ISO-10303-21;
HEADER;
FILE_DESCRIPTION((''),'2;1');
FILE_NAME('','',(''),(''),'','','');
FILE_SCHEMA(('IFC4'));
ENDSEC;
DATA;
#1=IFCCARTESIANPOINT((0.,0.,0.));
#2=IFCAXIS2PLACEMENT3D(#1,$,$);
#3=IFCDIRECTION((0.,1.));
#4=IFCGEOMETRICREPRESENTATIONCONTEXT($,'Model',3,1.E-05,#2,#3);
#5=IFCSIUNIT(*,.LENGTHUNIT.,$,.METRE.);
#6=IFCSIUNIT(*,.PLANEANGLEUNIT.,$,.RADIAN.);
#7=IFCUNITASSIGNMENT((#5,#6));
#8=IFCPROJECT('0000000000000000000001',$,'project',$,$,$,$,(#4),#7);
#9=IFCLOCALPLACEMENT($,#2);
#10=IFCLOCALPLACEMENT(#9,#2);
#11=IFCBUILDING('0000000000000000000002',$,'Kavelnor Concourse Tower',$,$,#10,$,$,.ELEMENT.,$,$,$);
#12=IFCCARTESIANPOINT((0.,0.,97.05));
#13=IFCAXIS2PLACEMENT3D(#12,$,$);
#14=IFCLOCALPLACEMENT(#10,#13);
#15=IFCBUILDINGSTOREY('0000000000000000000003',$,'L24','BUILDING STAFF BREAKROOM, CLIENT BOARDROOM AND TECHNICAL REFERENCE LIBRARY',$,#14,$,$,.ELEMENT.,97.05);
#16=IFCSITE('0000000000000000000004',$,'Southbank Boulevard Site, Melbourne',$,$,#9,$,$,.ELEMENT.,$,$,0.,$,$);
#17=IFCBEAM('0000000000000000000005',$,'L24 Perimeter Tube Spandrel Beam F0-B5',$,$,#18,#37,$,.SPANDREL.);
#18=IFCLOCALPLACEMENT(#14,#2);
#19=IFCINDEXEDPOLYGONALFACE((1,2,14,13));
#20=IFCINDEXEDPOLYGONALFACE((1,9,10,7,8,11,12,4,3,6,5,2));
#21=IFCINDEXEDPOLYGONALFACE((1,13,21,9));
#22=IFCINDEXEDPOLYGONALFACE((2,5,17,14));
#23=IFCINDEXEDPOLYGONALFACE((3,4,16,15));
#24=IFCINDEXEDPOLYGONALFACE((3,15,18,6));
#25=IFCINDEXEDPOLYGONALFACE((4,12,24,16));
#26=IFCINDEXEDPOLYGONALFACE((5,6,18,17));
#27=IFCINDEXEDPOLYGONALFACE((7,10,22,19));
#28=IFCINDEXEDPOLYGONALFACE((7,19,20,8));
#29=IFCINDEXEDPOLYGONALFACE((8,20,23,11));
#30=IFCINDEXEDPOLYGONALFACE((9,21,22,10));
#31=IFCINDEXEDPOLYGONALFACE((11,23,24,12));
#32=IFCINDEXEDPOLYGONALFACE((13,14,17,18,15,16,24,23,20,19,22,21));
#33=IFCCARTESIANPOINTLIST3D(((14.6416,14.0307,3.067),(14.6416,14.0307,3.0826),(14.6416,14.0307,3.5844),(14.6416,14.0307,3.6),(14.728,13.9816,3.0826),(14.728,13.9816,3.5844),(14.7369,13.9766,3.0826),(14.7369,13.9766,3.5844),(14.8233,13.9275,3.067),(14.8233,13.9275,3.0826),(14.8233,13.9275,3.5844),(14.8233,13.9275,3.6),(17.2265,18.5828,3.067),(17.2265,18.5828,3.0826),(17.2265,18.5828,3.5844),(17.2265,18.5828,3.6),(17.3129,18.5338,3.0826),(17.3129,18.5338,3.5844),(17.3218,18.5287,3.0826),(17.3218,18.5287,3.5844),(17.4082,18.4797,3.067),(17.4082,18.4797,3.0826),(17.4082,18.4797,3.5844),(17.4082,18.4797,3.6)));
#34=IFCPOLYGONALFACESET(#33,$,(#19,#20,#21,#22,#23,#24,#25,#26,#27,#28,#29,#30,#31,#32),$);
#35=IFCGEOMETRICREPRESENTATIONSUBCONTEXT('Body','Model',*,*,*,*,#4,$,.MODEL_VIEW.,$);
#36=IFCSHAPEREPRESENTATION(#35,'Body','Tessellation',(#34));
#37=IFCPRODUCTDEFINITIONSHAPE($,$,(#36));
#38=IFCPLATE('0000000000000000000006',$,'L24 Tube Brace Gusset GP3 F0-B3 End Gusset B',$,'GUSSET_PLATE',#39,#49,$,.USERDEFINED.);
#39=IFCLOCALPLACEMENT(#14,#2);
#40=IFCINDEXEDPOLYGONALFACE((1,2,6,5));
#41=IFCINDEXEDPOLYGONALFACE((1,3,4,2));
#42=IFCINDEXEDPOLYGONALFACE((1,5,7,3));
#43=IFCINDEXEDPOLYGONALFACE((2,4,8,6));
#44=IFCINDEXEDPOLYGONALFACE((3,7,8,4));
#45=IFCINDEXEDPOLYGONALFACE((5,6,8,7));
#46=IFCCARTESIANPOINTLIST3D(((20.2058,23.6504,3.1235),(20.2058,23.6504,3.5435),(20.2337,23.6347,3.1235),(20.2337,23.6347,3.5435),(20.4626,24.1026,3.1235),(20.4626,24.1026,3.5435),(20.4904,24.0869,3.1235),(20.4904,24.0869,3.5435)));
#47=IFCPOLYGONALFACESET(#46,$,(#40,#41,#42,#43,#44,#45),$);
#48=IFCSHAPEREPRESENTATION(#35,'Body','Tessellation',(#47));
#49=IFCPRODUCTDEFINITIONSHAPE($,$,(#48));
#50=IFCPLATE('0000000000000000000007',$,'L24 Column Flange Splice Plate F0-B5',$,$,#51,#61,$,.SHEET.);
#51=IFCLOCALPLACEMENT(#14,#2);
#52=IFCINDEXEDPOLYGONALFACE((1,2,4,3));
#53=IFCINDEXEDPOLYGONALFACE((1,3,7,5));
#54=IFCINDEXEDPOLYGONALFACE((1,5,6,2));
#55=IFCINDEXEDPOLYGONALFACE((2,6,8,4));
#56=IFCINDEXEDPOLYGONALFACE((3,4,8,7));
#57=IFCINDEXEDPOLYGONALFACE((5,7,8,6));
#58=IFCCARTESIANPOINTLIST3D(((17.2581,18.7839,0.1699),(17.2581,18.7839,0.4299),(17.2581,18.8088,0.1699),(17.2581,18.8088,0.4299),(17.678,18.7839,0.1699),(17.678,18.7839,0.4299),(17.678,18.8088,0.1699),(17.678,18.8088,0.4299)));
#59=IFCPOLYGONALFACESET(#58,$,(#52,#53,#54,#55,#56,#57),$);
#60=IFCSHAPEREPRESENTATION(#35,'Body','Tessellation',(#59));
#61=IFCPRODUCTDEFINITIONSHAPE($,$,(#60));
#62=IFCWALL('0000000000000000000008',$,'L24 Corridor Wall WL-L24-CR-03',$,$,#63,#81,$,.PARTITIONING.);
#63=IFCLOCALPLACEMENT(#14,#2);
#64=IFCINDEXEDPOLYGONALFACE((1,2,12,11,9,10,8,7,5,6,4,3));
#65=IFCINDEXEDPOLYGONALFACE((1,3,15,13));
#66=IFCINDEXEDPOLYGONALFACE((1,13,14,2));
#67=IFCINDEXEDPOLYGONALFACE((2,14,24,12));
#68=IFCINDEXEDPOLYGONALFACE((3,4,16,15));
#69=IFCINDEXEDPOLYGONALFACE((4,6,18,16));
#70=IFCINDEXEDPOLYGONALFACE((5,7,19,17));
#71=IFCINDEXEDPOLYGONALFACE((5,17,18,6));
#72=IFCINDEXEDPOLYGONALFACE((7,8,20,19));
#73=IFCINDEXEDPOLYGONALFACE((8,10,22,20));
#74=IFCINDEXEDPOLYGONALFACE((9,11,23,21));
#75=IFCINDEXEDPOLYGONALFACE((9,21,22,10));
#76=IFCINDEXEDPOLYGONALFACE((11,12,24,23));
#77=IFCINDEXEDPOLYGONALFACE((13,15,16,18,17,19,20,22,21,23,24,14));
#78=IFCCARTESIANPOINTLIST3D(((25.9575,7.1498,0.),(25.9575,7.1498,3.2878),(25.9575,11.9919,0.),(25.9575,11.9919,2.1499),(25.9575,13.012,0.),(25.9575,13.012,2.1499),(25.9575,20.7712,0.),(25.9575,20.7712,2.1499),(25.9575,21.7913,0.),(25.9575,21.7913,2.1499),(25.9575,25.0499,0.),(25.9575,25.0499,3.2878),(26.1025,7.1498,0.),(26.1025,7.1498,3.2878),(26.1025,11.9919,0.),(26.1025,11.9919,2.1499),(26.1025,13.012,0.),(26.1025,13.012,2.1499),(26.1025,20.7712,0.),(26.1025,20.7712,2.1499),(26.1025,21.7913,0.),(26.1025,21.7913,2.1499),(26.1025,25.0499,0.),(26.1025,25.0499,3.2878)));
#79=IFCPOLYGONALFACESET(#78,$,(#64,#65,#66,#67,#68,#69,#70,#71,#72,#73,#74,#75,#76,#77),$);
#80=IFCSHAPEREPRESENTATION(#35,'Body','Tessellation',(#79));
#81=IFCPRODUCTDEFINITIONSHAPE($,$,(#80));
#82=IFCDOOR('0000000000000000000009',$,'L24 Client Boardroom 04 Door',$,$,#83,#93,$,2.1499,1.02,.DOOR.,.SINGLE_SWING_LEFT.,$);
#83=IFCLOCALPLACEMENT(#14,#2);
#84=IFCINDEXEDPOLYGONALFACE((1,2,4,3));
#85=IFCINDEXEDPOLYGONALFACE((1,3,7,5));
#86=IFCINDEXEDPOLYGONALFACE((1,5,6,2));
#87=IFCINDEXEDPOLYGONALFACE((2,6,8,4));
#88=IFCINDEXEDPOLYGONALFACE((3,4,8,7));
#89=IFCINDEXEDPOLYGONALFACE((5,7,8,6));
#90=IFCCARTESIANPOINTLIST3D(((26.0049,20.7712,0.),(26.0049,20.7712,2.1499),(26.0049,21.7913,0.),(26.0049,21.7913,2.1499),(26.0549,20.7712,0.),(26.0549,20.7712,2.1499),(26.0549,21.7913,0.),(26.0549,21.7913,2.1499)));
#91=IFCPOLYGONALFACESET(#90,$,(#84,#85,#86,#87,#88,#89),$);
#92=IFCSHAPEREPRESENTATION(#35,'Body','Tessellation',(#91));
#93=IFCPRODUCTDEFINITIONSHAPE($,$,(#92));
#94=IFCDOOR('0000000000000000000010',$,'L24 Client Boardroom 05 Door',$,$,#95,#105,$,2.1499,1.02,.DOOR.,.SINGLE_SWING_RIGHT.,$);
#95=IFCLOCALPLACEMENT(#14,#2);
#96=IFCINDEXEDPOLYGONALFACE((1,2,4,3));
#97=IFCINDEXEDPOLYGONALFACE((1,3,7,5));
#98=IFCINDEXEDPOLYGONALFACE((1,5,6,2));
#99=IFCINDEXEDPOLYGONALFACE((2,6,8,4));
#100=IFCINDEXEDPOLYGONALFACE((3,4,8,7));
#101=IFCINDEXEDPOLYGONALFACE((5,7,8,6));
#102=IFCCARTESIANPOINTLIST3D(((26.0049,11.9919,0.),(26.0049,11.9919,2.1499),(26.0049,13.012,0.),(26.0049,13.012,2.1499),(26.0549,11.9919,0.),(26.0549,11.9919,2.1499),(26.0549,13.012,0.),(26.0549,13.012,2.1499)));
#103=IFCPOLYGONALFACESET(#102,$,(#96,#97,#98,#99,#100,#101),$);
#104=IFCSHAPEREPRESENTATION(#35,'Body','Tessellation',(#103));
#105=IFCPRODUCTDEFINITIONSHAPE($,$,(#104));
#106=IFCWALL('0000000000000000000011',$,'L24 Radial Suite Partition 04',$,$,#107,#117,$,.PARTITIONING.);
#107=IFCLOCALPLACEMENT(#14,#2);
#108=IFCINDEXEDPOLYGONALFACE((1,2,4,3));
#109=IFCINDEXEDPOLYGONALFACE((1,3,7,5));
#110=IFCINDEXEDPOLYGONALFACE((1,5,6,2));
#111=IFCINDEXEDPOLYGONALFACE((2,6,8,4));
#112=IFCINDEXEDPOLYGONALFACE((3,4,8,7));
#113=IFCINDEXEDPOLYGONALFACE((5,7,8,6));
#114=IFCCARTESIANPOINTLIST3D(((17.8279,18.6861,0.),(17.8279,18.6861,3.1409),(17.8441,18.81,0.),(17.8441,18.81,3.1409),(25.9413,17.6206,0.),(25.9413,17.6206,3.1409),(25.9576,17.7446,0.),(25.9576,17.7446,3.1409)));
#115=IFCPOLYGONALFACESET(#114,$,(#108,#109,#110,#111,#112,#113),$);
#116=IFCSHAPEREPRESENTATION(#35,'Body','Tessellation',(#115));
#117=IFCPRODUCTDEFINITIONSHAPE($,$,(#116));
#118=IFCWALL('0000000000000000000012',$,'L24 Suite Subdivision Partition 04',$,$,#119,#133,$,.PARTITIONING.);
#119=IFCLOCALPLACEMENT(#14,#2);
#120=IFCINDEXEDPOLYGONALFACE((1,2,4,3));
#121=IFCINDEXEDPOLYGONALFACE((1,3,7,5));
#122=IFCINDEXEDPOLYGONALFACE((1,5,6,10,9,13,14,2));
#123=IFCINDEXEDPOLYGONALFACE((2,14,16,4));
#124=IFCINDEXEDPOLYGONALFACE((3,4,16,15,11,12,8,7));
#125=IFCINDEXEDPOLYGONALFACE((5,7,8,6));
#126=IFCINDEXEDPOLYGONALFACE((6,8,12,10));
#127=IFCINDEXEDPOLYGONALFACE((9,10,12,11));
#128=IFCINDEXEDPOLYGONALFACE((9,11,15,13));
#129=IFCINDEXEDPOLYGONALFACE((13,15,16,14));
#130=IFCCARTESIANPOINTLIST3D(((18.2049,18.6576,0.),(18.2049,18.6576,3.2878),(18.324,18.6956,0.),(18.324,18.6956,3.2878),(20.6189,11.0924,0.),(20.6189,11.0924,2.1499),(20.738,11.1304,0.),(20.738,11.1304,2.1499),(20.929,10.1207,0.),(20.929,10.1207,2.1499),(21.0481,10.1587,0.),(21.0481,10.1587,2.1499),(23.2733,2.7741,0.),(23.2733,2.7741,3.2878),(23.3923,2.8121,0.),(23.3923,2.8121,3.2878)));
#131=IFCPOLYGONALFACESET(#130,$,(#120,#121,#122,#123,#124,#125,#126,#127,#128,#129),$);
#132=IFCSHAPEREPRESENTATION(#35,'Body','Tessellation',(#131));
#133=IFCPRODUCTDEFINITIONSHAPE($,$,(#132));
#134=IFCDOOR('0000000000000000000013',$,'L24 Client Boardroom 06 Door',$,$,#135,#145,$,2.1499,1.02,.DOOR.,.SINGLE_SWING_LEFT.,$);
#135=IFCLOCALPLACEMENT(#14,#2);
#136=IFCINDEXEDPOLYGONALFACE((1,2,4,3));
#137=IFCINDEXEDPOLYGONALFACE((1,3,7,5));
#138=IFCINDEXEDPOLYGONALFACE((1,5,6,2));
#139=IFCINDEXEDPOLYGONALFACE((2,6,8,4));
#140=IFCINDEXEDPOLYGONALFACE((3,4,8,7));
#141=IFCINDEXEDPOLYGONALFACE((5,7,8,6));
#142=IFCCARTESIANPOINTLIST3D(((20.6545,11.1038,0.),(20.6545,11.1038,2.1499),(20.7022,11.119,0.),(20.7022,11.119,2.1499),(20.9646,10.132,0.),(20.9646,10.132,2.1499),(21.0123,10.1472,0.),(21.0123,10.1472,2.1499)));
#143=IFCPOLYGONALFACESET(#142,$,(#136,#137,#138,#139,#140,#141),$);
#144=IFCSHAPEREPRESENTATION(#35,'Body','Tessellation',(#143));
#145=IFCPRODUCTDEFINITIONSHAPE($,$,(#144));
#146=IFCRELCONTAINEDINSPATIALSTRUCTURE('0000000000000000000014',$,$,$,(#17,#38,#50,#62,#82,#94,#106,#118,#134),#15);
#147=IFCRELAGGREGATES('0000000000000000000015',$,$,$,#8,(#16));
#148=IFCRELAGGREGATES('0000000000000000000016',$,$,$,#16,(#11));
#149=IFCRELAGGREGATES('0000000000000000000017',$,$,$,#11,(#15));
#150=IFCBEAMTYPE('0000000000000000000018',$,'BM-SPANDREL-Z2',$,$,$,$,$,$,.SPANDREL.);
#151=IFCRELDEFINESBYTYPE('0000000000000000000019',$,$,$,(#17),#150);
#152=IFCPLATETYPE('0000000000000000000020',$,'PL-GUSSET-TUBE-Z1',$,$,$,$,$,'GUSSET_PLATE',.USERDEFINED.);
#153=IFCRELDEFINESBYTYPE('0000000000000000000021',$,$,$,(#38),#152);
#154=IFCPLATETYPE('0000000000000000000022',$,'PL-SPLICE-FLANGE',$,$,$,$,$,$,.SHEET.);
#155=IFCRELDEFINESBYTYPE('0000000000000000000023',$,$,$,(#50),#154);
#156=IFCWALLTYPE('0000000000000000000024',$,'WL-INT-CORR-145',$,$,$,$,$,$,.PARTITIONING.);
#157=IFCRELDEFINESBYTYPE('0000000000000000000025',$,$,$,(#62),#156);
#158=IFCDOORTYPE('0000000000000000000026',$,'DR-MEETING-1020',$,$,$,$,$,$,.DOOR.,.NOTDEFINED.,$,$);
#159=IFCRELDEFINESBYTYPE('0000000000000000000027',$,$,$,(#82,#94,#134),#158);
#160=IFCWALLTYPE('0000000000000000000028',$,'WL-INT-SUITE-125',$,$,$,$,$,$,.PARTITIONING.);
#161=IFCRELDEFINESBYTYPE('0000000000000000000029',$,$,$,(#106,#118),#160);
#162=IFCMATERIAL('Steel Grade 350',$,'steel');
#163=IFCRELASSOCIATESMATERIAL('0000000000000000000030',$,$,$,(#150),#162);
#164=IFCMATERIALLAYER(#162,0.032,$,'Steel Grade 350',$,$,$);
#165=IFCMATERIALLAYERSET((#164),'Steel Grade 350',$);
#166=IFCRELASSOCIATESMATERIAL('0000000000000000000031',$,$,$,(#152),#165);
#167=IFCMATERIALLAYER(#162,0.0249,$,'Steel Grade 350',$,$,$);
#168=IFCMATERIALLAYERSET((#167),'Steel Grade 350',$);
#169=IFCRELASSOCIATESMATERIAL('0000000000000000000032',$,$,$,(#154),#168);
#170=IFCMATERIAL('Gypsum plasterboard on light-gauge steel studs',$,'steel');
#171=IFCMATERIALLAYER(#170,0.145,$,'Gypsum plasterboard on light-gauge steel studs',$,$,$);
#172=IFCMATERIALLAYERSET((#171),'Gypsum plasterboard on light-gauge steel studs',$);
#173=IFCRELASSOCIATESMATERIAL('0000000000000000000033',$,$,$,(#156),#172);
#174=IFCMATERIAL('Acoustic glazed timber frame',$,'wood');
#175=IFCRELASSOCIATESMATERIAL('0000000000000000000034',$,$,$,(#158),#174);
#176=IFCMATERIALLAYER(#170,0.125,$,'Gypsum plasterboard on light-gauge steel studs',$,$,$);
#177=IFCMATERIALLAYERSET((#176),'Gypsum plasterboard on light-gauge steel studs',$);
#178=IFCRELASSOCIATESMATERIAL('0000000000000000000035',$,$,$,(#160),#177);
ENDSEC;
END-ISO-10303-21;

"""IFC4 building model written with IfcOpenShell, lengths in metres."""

from ifc_helpers import new_model, si_unit, direction, frame, frame_2d, origin, origin_2d, place, context, subcontext, project, spatial, rectangle, i_section, extrude, material, layer, layer_set, material_profile, profile_set, type_object, element, fill, save


model = new_model("IFC4")

# Units and contexts
model_context = context("Model", 3, precision=1e-05, world=origin(), true_north=direction((0.0, 1.0)))
body_context = subcontext(model_context, "Body", "Model", "MODEL_VIEW")
ifc_project = project(units=[si_unit("LENGTHUNIT", "METRE"), si_unit("PLANEANGLEUNIT", "RADIAN")], contexts=[model_context])

# Site, building, storey
site_placement = place(None, origin())
site = spatial("IfcSite", under=ifc_project, at=site_placement, Name="Southbank Boulevard Site, Melbourne", CompositionType="ELEMENT", RefElevation=0.0)
building_placement = place(site_placement, origin())
building = spatial("IfcBuilding", under=site, at=building_placement, Name="Kavelnor Concourse Tower", CompositionType="ELEMENT")
storey_placement = place(building_placement, frame((0.0, 0.0, 97.05)))
storey = spatial("IfcBuildingStorey", under=building, at=storey_placement, Name="L24", Description="BUILDING STAFF BREAKROOM, CLIENT BOARDROOM AND TECHNICAL REFERENCE LIBRARY", CompositionType="ELEMENT", Elevation=97.05)

# Shared definitions
ifc_material_1 = material(Name="Steel Grade 350", Category="steel")

# Beam
ifc_material_profile_1 = material_profile(ifc_material_1, i_section(OverallWidth=0.209, OverallDepth=0.533, WebThickness=0.0103, FlangeThickness=0.0156, at=origin_2d()), Name="530UB92")
ifc_profile_set_1 = profile_set([ifc_material_profile_1], Name="Steel Grade 350")
beam_type_1 = type_object("IfcBeamType", Name="BM-SPANDREL-Z2", PredefinedType="SPANDREL", material=ifc_profile_set_1)
for number, where, z_axis, x_axis, name in (
    (1, (17.3174, 18.5312, 3.3335), (-0.493787, -0.869583, 0.0), (0.869583, -0.493787, 0.0), "L24 Perimeter Tube Spandrel Beam F0-B5"),
):
    element("IfcBeam", number, at=place(storey_placement, frame(where, z_axis=z_axis, x_axis=x_axis)), inside=storey, type_object=beam_type_1, Name=name, PredefinedType="SPANDREL", context=body_context, shape_type="SweptSolid", body=[
        extrude(i_section(OverallWidth=0.209, OverallDepth=0.533, WebThickness=0.0103, FlangeThickness=0.0156, at=origin_2d()), origin(), (0.0, 0.0, 1.0), 5.2349),
    ])

# Plates
ifc_layer_1 = layer(ifc_material_1, 0.032, Name="Steel Grade 350")
ifc_layer_set_1 = layer_set([ifc_layer_1], Name="Steel Grade 350")
plate_type_1 = type_object("IfcPlateType", Name="PL-GUSSET-TUBE-Z1", ElementType="GUSSET_PLATE", PredefinedType="USERDEFINED", material=ifc_layer_set_1)
plate_1_placement = place(storey_placement, frame((20.3481, 23.8687, 3.1235), z_axis=(0.0, 0.0, 1.0), x_axis=(-0.49379, -0.869581, 0.0)))
element("IfcPlate", 2, at=plate_1_placement, inside=storey, type_object=plate_type_1, Name="L24 Tube Brace Gusset GP3 F0-B3 End Gusset B", ObjectType="GUSSET_PLATE", PredefinedType="USERDEFINED", context=body_context, shape_type="SweptSolid", body=[
    extrude(rectangle(XDim=0.52, YDim=0.032, at=origin_2d()), origin(), (0.0, 0.0, 1.0), 0.4199),
])
ifc_layer_2 = layer(ifc_material_1, 0.0249, Name="Steel Grade 350")
ifc_layer_set_2 = layer_set([ifc_layer_2], Name="Steel Grade 350")
plate_type_2 = type_object("IfcPlateType", Name="PL-SPLICE-FLANGE", PredefinedType="SHEET", material=ifc_layer_set_2)
plate_2_placement = place(storey_placement, frame((17.468, 18.7964, 0.1699), z_axis=(0.0, 0.0, 1.0), x_axis=(1.0, 0.0, 0.0)))
element("IfcPlate", 3, at=plate_2_placement, inside=storey, type_object=plate_type_2, Name="L24 Column Flange Splice Plate F0-B5", PredefinedType="SHEET", context=body_context, shape_type="SweptSolid", body=[
    extrude(rectangle(XDim=0.4199, YDim=0.0249, at=origin_2d()), origin(), (0.0, 0.0, 1.0), 0.26),
])

# Wall, openings, doors
ifc_material_2 = material(Name="Gypsum plasterboard on light-gauge steel studs", Category="steel")
ifc_layer_3 = layer(ifc_material_2, 0.145, Name="Gypsum plasterboard on light-gauge steel studs")
ifc_layer_set_3 = layer_set([ifc_layer_3], Name="Gypsum plasterboard on light-gauge steel studs")
wall_type_1 = type_object("IfcWallType", Name="WL-INT-CORR-145", PredefinedType="PARTITIONING", material=ifc_layer_set_3)
wall_1_placement = place(storey_placement, frame((26.03, 25.05, 0.0), z_axis=(0.0, 0.0, 1.0), x_axis=(0.0, -1.0, 0.0)))
wall_1 = element("IfcWall", 4, at=wall_1_placement, inside=storey, type_object=wall_type_1, Name="L24 Corridor Wall WL-L24-CR-03", PredefinedType="PARTITIONING", context=body_context, shape_type="SweptSolid", body=[
    extrude(rectangle(XDim=17.9001, YDim=0.145, at=frame_2d((8.9502, 0.0))), origin(), (0.0, 0.0, 1.0), 3.2878),
])
opening_1_placement = place(wall_1_placement, frame((3.2588, 0.0, 0.0)))
opening_1 = element("IfcOpeningElement", 5, at=opening_1_placement, cuts=wall_1, PredefinedType="OPENING", context=body_context, shape_type="SweptSolid", body=[
    extrude(rectangle(XDim=1.02, YDim=2.1499, at=frame_2d((0.51, 1.075))), frame((0.0, 0.0825, 0.0), z_axis=(0.0, -1.0, 0.0), x_axis=(1.0, 0.0, 0.0)), (0.0, 0.0, 1.0), 0.165),
])
opening_2_placement = place(wall_1_placement, frame((12.0381, 0.0, 0.0)))
opening_2 = element("IfcOpeningElement", 6, at=opening_2_placement, cuts=wall_1, PredefinedType="OPENING", context=body_context, shape_type="SweptSolid", body=[
    extrude(rectangle(XDim=1.02, YDim=2.1499, at=frame_2d((0.51, 1.075))), frame((0.0, 0.0825, 0.0), z_axis=(0.0, -1.0, 0.0), x_axis=(1.0, 0.0, 0.0)), (0.0, 0.0, 1.0), 0.165),
])
ifc_material_3 = material(Name="Acoustic glazed timber frame", Category="wood")
door_type = type_object("IfcDoorType", Name="DR-MEETING-1020", OperationType="NOTDEFINED", PredefinedType="DOOR", material=ifc_material_3)
door_1_placement = place(opening_1_placement, origin())
door_1 = element("IfcDoor", 7, at=door_1_placement, inside=storey, type_object=door_type, Name="L24 Client Boardroom 04 Door", OperationType="SINGLE_SWING_LEFT", OverallHeight=2.1499, OverallWidth=1.02, PredefinedType="DOOR", context=body_context, shape_type="SweptSolid", body=[
    extrude(rectangle(XDim=1.02, YDim=2.1499, at=frame_2d((0.51, 1.075))), frame((0.0, 0.0249, 0.0), z_axis=(0.0, -1.0, 0.0), x_axis=(1.0, 0.0, 0.0)), (0.0, 0.0, 1.0), 0.05),
])
fill(opening_1, door_1)
door_2_placement = place(opening_2_placement, origin())
door_2 = element("IfcDoor", 8, at=door_2_placement, inside=storey, type_object=door_type, Name="L24 Client Boardroom 05 Door", OperationType="SINGLE_SWING_RIGHT", OverallHeight=2.1499, OverallWidth=1.02, PredefinedType="DOOR", context=body_context, shape_type="SweptSolid", body=[
    extrude(rectangle(XDim=1.02, YDim=2.1499, at=frame_2d((0.51, 1.075))), frame((0.0, 0.0249, 0.0), z_axis=(0.0, -1.0, 0.0), x_axis=(1.0, 0.0, 0.0)), (0.0, 0.0, 1.0), 0.05),
])
fill(opening_2, door_2)

# Wall
ifc_layer_4 = layer(ifc_material_2, 0.125, Name="Gypsum plasterboard on light-gauge steel studs")
ifc_layer_set_4 = layer_set([ifc_layer_4], Name="Gypsum plasterboard on light-gauge steel studs")
wall_type_2 = type_object("IfcWallType", Name="WL-INT-SUITE-125", PredefinedType="PARTITIONING", material=ifc_layer_set_4)
wall_2_placement = place(storey_placement, frame((25.9495, 17.6826, 0.0), z_axis=(0.0, 0.0, 1.0), x_axis=(-0.991488, 0.130198, 0.0)))
element("IfcWall", 9, at=wall_2_placement, inside=storey, type_object=wall_type_2, Name="L24 Radial Suite Partition 04", PredefinedType="PARTITIONING", context=body_context, shape_type="SweptSolid", body=[
    extrude(rectangle(XDim=8.1831, YDim=0.125, at=frame_2d((4.0916, 0.0))), origin(), (0.0, 0.0, 1.0), 3.1409),
])

# Wall, opening, door
wall_3_placement = place(storey_placement, frame((18.2644, 18.6768, 0.0), z_axis=(0.0, 0.0, 1.0), x_axis=(0.303994, -0.952674, 0.0)))
wall_3 = element("IfcWall", 10, at=wall_3_placement, inside=storey, type_object=wall_type_2, Name="L24 Suite Subdivision Partition 04", PredefinedType="PARTITIONING", context=body_context, shape_type="SweptSolid", body=[
    extrude(rectangle(XDim=16.6726, YDim=0.125, at=frame_2d((8.3364, 0.0))), origin(), (0.0, 0.0, 1.0), 3.2878),
])
opening_3_placement = place(wall_3_placement, frame((7.9412, 0.0, 0.0)))
opening_3 = element("IfcOpeningElement", 11, at=opening_3_placement, cuts=wall_3, PredefinedType="OPENING", context=body_context, shape_type="SweptSolid", body=[
    extrude(rectangle(XDim=1.02, YDim=2.1499, at=frame_2d((0.51, 1.075))), frame((0.0, 0.0725, 0.0), z_axis=(0.0, -1.0, 0.0), x_axis=(1.0, 0.0, 0.0)), (0.0, 0.0, 1.0), 0.145),
])
door_3_placement = place(opening_3_placement, origin())
door_3 = element("IfcDoor", 12, at=door_3_placement, inside=storey, type_object=door_type, Name="L24 Client Boardroom 06 Door", OperationType="SINGLE_SWING_LEFT", OverallHeight=2.1499, OverallWidth=1.02, PredefinedType="DOOR", context=body_context, shape_type="SweptSolid", body=[
    extrude(rectangle(XDim=1.02, YDim=2.1499, at=frame_2d((0.51, 1.075))), frame((0.0, 0.0249, 0.0), z_axis=(0.0, -1.0, 0.0), x_axis=(1.0, 0.0, 0.0)), (0.0, 0.0, 1.0), 0.05),
])
fill(opening_3, door_3)

save(model, "model.ifc")
